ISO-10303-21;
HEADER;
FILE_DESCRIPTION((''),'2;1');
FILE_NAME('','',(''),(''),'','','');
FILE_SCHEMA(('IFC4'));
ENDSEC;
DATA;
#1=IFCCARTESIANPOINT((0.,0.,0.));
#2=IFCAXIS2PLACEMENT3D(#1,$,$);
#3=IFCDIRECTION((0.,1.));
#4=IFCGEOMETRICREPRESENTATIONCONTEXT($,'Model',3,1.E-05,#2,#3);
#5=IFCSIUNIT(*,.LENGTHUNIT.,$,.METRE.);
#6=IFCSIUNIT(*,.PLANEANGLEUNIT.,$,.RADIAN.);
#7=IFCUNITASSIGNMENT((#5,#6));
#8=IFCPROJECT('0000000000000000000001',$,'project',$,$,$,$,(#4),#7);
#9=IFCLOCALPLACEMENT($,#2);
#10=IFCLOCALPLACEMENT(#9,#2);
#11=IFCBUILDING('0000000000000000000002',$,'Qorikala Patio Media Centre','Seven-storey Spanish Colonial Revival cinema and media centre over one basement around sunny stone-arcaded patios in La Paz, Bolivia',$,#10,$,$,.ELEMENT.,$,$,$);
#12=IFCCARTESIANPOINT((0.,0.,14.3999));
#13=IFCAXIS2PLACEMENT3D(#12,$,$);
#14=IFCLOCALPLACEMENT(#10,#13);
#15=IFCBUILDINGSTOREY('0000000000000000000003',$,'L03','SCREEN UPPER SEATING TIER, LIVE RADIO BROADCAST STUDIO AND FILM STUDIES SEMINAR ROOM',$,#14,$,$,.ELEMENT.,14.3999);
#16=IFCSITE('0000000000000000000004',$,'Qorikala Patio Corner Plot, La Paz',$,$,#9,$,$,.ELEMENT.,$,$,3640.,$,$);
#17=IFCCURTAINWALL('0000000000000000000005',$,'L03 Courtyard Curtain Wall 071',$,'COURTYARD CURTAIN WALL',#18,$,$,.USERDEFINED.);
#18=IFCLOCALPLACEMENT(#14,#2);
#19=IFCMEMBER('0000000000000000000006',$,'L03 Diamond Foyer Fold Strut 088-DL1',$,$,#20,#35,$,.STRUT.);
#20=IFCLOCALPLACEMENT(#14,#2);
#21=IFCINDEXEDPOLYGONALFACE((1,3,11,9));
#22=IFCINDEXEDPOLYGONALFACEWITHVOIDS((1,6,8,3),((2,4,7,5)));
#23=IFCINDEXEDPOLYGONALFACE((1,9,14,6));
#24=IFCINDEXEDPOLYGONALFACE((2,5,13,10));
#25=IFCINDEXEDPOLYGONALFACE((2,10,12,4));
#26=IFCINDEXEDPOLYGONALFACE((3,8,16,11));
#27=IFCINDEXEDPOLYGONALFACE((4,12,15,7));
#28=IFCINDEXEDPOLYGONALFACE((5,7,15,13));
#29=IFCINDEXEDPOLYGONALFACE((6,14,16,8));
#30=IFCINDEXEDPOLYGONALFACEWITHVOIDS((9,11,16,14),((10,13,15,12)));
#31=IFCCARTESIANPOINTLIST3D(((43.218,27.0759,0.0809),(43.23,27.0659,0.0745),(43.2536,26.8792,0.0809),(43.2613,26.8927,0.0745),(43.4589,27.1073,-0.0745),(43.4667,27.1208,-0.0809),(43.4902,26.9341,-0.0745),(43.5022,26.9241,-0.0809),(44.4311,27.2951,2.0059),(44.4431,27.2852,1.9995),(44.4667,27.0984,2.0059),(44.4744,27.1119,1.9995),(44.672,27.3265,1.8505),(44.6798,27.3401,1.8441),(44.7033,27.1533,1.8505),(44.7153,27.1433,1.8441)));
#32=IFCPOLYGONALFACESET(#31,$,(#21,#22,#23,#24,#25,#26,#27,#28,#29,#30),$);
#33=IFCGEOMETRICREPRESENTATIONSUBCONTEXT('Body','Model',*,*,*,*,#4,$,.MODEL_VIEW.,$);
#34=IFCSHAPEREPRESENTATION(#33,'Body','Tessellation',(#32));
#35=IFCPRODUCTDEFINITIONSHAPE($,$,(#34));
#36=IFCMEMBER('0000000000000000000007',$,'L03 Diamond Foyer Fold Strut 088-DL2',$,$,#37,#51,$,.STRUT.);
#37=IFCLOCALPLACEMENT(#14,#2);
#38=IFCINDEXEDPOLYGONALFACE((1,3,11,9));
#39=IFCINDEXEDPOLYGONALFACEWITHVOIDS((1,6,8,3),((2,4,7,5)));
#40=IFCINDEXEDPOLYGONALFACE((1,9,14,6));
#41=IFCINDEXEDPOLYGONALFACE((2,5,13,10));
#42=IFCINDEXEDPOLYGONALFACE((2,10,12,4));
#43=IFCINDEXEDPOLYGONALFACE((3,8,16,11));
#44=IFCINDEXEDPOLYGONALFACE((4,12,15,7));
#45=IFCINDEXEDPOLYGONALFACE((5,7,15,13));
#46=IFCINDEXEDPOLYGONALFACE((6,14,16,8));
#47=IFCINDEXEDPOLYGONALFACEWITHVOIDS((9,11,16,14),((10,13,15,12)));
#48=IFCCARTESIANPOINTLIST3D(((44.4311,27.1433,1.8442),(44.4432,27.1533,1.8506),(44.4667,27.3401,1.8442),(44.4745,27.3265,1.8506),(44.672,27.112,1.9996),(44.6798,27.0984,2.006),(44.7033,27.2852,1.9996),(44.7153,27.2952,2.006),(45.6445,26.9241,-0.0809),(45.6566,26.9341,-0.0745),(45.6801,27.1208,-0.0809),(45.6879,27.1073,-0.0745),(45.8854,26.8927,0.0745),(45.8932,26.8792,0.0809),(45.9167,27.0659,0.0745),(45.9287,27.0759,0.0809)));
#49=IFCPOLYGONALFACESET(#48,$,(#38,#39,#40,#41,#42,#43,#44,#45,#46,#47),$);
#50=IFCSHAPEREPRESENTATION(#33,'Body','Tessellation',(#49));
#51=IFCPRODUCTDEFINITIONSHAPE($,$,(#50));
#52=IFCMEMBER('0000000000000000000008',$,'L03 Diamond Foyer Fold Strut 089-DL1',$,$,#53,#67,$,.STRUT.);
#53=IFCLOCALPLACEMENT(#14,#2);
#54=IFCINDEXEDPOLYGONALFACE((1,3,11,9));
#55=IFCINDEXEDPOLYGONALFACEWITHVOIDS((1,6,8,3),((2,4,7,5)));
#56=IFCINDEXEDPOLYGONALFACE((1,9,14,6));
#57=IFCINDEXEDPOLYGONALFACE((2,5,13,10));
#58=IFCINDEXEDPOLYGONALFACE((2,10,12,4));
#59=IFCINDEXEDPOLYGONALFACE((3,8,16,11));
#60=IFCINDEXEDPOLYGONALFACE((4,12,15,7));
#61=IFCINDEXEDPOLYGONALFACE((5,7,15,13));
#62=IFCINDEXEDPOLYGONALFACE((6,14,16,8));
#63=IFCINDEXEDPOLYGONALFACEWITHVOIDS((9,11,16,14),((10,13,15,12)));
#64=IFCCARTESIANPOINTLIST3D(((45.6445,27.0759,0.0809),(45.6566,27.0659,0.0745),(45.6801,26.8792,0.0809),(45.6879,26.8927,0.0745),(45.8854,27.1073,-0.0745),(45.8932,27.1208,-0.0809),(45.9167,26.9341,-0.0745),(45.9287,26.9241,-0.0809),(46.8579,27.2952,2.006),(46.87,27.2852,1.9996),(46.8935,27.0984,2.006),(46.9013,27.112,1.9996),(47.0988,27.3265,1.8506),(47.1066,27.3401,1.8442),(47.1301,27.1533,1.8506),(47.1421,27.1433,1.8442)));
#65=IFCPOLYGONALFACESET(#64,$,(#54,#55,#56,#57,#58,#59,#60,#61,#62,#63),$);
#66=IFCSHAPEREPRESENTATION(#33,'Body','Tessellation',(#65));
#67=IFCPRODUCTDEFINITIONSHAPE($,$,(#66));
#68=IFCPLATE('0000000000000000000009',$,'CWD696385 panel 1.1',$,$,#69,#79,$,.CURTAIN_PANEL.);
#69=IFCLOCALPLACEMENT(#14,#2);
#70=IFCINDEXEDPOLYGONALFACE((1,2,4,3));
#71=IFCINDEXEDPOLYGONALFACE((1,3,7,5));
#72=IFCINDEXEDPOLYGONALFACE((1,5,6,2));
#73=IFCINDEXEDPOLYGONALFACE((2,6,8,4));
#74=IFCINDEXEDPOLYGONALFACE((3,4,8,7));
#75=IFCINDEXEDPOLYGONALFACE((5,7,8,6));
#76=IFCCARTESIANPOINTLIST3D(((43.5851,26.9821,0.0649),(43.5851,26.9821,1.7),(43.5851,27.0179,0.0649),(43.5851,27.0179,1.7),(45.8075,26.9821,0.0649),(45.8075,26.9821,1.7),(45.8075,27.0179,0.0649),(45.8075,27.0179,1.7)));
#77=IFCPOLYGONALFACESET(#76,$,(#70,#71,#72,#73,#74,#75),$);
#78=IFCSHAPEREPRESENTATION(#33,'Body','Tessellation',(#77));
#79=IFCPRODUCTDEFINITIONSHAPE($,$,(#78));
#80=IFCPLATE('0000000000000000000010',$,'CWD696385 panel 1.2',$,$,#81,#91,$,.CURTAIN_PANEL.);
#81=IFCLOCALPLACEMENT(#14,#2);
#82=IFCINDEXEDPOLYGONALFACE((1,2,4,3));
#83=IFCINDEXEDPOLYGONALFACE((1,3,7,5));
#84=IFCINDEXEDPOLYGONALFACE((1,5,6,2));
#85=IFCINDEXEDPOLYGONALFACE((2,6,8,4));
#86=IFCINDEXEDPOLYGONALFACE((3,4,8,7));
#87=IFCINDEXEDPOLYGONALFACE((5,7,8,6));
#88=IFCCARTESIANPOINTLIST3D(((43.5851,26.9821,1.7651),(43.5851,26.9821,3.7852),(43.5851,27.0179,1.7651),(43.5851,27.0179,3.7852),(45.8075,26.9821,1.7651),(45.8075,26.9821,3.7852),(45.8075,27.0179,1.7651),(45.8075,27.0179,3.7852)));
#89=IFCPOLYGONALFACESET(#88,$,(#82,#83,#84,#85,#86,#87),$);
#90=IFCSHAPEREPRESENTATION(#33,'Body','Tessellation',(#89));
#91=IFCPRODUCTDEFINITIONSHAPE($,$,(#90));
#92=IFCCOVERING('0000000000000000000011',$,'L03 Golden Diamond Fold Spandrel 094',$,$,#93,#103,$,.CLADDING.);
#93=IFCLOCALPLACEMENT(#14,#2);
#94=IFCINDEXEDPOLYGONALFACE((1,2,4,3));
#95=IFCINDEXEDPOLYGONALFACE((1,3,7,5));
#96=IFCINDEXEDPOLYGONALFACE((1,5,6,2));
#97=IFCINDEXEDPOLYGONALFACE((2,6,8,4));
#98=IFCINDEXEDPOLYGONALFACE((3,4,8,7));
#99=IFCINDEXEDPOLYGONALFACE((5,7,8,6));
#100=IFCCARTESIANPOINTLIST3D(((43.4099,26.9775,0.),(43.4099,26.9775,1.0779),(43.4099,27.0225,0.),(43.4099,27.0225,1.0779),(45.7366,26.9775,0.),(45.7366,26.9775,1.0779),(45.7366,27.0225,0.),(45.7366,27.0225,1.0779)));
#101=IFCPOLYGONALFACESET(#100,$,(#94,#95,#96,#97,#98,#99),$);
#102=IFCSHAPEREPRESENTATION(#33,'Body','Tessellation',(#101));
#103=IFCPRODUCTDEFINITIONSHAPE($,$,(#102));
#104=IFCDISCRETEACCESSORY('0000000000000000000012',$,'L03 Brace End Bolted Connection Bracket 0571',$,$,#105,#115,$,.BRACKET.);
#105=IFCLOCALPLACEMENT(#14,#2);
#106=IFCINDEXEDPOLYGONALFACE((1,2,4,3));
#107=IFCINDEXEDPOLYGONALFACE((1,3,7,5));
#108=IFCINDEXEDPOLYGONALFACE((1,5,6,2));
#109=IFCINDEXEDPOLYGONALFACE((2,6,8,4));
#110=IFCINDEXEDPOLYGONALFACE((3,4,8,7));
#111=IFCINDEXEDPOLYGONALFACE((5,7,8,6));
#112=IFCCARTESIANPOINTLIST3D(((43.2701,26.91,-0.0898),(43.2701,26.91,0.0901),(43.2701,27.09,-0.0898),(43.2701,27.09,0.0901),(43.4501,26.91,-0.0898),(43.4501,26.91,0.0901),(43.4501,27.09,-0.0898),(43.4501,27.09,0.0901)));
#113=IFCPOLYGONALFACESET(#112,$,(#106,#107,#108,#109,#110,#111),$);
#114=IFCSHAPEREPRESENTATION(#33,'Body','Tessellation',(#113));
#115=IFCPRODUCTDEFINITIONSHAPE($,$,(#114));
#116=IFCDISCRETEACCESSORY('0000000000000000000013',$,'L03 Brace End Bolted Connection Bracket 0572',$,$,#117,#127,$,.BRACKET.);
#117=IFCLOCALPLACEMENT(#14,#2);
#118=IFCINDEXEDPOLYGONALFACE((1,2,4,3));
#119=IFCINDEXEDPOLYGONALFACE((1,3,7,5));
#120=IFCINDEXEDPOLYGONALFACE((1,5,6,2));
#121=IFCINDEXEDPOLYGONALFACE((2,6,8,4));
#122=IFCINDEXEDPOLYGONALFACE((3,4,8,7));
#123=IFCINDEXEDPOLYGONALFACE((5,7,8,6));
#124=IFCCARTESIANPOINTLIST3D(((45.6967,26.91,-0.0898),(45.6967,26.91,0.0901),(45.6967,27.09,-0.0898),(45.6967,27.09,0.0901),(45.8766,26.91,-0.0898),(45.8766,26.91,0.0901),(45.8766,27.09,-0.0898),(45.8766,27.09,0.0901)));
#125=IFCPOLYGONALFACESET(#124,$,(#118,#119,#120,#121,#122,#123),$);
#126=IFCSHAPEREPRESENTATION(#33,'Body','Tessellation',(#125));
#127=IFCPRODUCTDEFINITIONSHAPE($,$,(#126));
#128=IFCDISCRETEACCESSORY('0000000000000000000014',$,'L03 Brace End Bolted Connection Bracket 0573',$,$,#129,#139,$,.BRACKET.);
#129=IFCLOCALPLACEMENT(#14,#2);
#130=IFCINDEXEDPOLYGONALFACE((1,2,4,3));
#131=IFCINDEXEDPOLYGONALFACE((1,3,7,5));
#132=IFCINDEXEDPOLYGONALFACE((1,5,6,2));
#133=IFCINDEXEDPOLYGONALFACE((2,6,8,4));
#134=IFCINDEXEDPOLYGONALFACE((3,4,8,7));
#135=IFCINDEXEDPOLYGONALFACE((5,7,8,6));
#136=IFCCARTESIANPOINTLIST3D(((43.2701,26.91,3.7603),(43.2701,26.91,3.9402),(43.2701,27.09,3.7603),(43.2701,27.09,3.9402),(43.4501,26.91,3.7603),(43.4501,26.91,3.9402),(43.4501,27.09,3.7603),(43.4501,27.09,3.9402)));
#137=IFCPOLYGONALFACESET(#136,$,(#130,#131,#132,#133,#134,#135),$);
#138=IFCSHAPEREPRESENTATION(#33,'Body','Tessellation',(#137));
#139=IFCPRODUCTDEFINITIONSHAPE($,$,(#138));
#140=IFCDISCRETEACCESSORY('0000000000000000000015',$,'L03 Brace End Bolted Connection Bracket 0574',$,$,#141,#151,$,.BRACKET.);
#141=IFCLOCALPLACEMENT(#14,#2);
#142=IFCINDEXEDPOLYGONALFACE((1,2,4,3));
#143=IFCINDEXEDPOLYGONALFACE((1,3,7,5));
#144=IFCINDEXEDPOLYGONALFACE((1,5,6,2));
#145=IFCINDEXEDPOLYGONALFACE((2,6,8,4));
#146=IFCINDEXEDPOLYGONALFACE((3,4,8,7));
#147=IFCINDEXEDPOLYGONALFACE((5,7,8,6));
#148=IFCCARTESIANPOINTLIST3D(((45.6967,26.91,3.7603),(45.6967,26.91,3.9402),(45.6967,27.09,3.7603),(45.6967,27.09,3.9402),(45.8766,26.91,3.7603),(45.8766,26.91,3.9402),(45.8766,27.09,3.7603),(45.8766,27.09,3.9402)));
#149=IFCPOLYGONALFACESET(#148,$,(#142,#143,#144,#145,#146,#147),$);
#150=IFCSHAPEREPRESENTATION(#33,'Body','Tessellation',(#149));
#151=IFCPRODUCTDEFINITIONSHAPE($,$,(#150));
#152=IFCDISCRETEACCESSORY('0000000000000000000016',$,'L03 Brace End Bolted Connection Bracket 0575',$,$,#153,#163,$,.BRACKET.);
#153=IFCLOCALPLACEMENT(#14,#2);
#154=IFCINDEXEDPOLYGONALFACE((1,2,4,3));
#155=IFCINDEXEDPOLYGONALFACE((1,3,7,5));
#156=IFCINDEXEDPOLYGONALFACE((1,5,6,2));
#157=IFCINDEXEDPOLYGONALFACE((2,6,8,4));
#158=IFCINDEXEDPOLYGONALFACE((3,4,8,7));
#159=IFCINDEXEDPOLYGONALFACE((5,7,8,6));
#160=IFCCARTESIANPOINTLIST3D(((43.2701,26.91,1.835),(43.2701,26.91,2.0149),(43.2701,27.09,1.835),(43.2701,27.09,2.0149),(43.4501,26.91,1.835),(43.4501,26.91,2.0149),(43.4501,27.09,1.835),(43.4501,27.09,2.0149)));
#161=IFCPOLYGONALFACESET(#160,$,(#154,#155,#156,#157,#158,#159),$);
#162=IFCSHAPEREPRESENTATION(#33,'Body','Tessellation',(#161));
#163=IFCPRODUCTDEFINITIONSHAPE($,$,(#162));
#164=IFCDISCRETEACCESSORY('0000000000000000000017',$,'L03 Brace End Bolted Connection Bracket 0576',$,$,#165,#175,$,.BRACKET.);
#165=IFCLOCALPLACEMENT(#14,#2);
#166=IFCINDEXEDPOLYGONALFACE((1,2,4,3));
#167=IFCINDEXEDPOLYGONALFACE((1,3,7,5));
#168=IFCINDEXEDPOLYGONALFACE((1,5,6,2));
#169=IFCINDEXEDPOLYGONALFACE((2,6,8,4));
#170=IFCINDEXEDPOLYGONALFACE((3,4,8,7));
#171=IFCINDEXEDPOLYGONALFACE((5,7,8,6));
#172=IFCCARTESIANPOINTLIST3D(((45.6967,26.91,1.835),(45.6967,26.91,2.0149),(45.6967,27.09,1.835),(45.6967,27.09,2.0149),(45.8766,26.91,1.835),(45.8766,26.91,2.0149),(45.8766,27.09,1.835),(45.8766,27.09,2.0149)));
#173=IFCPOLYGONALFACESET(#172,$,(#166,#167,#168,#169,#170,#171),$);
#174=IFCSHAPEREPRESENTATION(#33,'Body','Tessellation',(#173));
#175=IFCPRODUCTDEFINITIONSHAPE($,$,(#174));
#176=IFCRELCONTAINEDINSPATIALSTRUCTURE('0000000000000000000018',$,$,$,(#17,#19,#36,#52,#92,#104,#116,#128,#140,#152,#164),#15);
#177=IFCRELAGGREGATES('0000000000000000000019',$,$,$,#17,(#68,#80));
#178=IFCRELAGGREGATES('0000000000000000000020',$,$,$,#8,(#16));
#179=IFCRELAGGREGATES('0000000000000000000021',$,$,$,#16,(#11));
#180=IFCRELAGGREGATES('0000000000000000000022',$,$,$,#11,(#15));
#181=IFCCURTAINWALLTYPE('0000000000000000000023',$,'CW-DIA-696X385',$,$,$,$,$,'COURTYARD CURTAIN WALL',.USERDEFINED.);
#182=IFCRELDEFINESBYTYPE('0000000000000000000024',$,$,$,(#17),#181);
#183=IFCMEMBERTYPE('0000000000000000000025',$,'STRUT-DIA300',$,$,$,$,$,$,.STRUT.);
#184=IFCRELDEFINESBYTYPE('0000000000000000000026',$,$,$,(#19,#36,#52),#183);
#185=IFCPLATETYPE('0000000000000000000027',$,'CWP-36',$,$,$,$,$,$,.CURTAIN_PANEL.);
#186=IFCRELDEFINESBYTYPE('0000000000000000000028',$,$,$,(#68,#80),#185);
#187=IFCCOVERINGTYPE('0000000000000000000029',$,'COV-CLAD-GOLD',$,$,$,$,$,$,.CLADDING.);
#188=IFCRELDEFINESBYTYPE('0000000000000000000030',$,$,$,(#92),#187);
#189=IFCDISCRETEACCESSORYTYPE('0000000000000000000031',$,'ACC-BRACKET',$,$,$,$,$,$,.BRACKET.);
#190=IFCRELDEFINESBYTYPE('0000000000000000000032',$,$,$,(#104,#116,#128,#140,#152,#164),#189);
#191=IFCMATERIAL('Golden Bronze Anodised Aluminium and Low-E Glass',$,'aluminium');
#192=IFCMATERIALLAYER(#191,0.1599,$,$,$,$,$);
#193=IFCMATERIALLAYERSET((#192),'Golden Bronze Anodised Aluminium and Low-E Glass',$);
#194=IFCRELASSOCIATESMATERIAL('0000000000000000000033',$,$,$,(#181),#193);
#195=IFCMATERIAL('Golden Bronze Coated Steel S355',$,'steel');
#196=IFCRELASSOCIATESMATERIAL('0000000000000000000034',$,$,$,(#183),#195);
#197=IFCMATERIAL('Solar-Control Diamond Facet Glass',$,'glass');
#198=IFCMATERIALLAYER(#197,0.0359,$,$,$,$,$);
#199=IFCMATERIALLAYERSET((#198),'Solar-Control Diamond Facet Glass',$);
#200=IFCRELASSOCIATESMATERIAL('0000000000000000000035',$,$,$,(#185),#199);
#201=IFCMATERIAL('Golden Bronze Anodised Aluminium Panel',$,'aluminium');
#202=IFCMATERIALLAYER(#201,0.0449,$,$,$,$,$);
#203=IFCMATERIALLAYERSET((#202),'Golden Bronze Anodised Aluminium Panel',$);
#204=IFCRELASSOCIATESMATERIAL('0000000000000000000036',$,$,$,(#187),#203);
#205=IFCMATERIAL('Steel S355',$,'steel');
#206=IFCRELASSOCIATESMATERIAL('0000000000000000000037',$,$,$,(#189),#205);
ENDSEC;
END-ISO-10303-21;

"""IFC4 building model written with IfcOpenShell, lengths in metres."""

from ifc_helpers import new_model, si_unit, direction, frame, origin, origin_2d, place, context, subcontext, project, spatial, rectangle, hollow_rectangle, extrude, material, layer, layer_set, material_profile, profile_set, type_object, element, aggregate, save


model = new_model("IFC4")

# Units and contexts
model_context = context("Model", 3, precision=1e-05, world=origin(), true_north=direction((0.0, 1.0)))
body_context = subcontext(model_context, "Body", "Model", "MODEL_VIEW")
ifc_project = project(units=[si_unit("LENGTHUNIT", "METRE"), si_unit("PLANEANGLEUNIT", "RADIAN")], contexts=[model_context])

# Site, building, storey
site_placement = place(None, origin())
site = spatial("IfcSite", under=ifc_project, at=site_placement, Name="Qorikala Patio Corner Plot, La Paz", CompositionType="ELEMENT", RefElevation=3640.0)
building_placement = place(site_placement, origin())
building = spatial("IfcBuilding", under=site, at=building_placement, Name="Qorikala Patio Media Centre", Description="Seven-storey Spanish Colonial Revival cinema and media centre over one basement around sunny stone-arcaded patios in La Paz, Bolivia", CompositionType="ELEMENT")
storey_placement = place(building_placement, frame((0.0, 0.0, 14.3999)))
storey = spatial("IfcBuildingStorey", under=building, at=storey_placement, Name="L03", Description="SCREEN UPPER SEATING TIER, LIVE RADIO BROADCAST STUDIO AND FILM STUDIES SEMINAR ROOM", CompositionType="ELEMENT", Elevation=14.3999)

# Shared definitions
ifc_material_1 = material(Name="Golden Bronze Coated Steel S355", Category="steel")

# Curtain wall
ifc_material_2 = material(Name="Golden Bronze Anodised Aluminium and Low-E Glass", Category="aluminium")
ifc_layer_1 = layer(ifc_material_2, 0.1599)
ifc_layer_set_1 = layer_set([ifc_layer_1], Name="Golden Bronze Anodised Aluminium and Low-E Glass")
curtain_wall_type = type_object("IfcCurtainWallType", Name="CW-DIA-696X385", ElementType="COURTYARD CURTAIN WALL", PredefinedType="USERDEFINED", material=ifc_layer_set_1)
curtain_wall_placement = place(storey_placement, origin())
curtain_wall = element("IfcCurtainWall", 1, at=curtain_wall_placement, inside=storey, type_object=curtain_wall_type, Name="L03 Courtyard Curtain Wall 071", ObjectType="COURTYARD CURTAIN WALL", PredefinedType="USERDEFINED")

# Members
ifc_material_profile_1 = material_profile(ifc_material_1, hollow_rectangle(XDim=0.2, YDim=0.3, WallThickness=0.012, at=origin_2d()), Name="HSS300X200X12")
ifc_profile_set_1 = profile_set([ifc_material_profile_1], Name="Golden Bronze Coated Steel S355")
member_type_1 = type_object("IfcMemberType", Name="STRUT-DIA300", PredefinedType="STRUT", material=ifc_profile_set_1)
member_1_placement = place(storey_placement, frame((43.3601, 27.0, 0.0), z_axis=(0.530691, 0.095907, 0.842121), x_axis=(-0.17784, 0.984059, 0.0)))
element("IfcMember", 2, at=member_1_placement, inside=storey, type_object=member_type_1, Name="L03 Diamond Foyer Fold Strut 088-DL1", PredefinedType="STRUT", context=body_context, shape_type="SweptSolid", body=[
    extrude(hollow_rectangle(XDim=0.2, YDim=0.3, WallThickness=0.012, at=origin_2d()), origin(), (0.0, 0.0, 1.0), 2.2859),
])
for number, where, z_axis, x_axis, name in (
    (3, (45.7866, 27.0, 0.0), (-0.530768, 0.095901, 0.842074), (-0.177805, -0.984066, 0.0), "L03 Diamond Foyer Fold Strut 088-DL2"),
    (4, (45.7866, 27.0, 0.0), (0.530768, 0.095901, 0.842074), (-0.177805, 0.984066, 0.0), "L03 Diamond Foyer Fold Strut 089-DL1"),
):
    element("IfcMember", number, at=place(storey_placement, frame(where, z_axis=z_axis, x_axis=x_axis)), inside=storey, type_object=member_type_1, Name=name, PredefinedType="STRUT", context=body_context, shape_type="SweptSolid", body=[
        extrude(hollow_rectangle(XDim=0.2, YDim=0.3, WallThickness=0.012, at=origin_2d()), origin(), (0.0, 0.0, 1.0), 2.2861),
    ])

# Plates
ifc_material_3 = material(Name="Solar-Control Diamond Facet Glass", Category="glass")
ifc_layer_2 = layer(ifc_material_3, 0.0359)
ifc_layer_set_2 = layer_set([ifc_layer_2], Name="Solar-Control Diamond Facet Glass")
plate_type = type_object("IfcPlateType", Name="CWP-36", PredefinedType="CURTAIN_PANEL", material=ifc_layer_set_2)
plate_1_placement = place(storey_placement, frame((44.6963, 27.0, 0.0649), z_axis=(0.0, 0.0, 1.0), x_axis=(1.0, 0.0, 0.0)))
plate_1 = element("IfcPlate", 5, at=plate_1_placement, type_object=plate_type, Name="CWD696385 panel 1.1", PredefinedType="CURTAIN_PANEL", context=body_context, shape_type="SweptSolid", body=[
    extrude(rectangle(XDim=2.2224, YDim=0.0359, at=origin_2d()), origin(), (0.0, 0.0, 1.0), 1.635),
])
plate_2_placement = place(storey_placement, frame((44.6963, 27.0, 1.7651), z_axis=(0.0, 0.0, 1.0), x_axis=(1.0, 0.0, 0.0)))
plate_2 = element("IfcPlate", 6, at=plate_2_placement, type_object=plate_type, Name="CWD696385 panel 1.2", PredefinedType="CURTAIN_PANEL", context=body_context, shape_type="SweptSolid", body=[
    extrude(rectangle(XDim=2.2224, YDim=0.0359, at=origin_2d()), origin(), (0.0, 0.0, 1.0), 2.02),
])
aggregate(curtain_wall, [plate_1, plate_2])

# Covering
ifc_material_4 = material(Name="Golden Bronze Anodised Aluminium Panel", Category="aluminium")
ifc_layer_3 = layer(ifc_material_4, 0.0449)
ifc_layer_set_3 = layer_set([ifc_layer_3], Name="Golden Bronze Anodised Aluminium Panel")
covering_type = type_object("IfcCoveringType", Name="COV-CLAD-GOLD", PredefinedType="CLADDING", material=ifc_layer_set_3)
covering_placement = place(storey_placement, frame((44.5732, 27.0, 0.0), z_axis=(0.0, 0.0, 1.0), x_axis=(1.0, 0.0, 0.0)))
element("IfcCovering", 7, at=covering_placement, inside=storey, type_object=covering_type, Name="L03 Golden Diamond Fold Spandrel 094", PredefinedType="CLADDING", context=body_context, shape_type="SweptSolid", body=[
    extrude(rectangle(XDim=2.3267, YDim=0.0449, at=origin_2d()), origin(), (0.0, 0.0, 1.0), 1.0779),
])

# Discrete accessories
ifc_material_5 = material(Name="Steel S355", Category="steel")
discrete_accessory_type = type_object("IfcDiscreteAccessoryType", Name="ACC-BRACKET", PredefinedType="BRACKET", material=ifc_material_5)
for number, where, z_axis, x_axis, name in (
    (8, (43.3601, 27.0, -0.0898), (0.0, 0.0, 1.0), (1.0, 0.0, 0.0), "L03 Brace End Bolted Connection Bracket 0571"),
    (9, (45.7866, 27.0, -0.0898), (0.0, 0.0, 1.0), (1.0, 0.0, 0.0), "L03 Brace End Bolted Connection Bracket 0572"),
    (10, (43.3601, 27.0, 3.7603), (0.0, 0.0, 1.0), (1.0, 0.0, 0.0), "L03 Brace End Bolted Connection Bracket 0573"),
    (11, (45.7866, 27.0, 3.7603), (0.0, 0.0, 1.0), (1.0, 0.0, 0.0), "L03 Brace End Bolted Connection Bracket 0574"),
    (12, (43.3601, 27.0, 1.835), (0.0, 0.0, 1.0), (1.0, 0.0, 0.0), "L03 Brace End Bolted Connection Bracket 0575"),
    (13, (45.7866, 27.0, 1.835), (0.0, 0.0, 1.0), (1.0, 0.0, 0.0), "L03 Brace End Bolted Connection Bracket 0576"),
):
    element("IfcDiscreteAccessory", number, at=place(storey_placement, frame(where, z_axis=z_axis, x_axis=x_axis)), inside=storey, type_object=discrete_accessory_type, Name=name, PredefinedType="BRACKET", context=body_context, shape_type="SweptSolid", body=[
        extrude(rectangle(XDim=0.1799, YDim=0.1799, at=origin_2d()), origin(), (0.0, 0.0, 1.0), 0.1799),
    ])

save(model, "model.ifc")
